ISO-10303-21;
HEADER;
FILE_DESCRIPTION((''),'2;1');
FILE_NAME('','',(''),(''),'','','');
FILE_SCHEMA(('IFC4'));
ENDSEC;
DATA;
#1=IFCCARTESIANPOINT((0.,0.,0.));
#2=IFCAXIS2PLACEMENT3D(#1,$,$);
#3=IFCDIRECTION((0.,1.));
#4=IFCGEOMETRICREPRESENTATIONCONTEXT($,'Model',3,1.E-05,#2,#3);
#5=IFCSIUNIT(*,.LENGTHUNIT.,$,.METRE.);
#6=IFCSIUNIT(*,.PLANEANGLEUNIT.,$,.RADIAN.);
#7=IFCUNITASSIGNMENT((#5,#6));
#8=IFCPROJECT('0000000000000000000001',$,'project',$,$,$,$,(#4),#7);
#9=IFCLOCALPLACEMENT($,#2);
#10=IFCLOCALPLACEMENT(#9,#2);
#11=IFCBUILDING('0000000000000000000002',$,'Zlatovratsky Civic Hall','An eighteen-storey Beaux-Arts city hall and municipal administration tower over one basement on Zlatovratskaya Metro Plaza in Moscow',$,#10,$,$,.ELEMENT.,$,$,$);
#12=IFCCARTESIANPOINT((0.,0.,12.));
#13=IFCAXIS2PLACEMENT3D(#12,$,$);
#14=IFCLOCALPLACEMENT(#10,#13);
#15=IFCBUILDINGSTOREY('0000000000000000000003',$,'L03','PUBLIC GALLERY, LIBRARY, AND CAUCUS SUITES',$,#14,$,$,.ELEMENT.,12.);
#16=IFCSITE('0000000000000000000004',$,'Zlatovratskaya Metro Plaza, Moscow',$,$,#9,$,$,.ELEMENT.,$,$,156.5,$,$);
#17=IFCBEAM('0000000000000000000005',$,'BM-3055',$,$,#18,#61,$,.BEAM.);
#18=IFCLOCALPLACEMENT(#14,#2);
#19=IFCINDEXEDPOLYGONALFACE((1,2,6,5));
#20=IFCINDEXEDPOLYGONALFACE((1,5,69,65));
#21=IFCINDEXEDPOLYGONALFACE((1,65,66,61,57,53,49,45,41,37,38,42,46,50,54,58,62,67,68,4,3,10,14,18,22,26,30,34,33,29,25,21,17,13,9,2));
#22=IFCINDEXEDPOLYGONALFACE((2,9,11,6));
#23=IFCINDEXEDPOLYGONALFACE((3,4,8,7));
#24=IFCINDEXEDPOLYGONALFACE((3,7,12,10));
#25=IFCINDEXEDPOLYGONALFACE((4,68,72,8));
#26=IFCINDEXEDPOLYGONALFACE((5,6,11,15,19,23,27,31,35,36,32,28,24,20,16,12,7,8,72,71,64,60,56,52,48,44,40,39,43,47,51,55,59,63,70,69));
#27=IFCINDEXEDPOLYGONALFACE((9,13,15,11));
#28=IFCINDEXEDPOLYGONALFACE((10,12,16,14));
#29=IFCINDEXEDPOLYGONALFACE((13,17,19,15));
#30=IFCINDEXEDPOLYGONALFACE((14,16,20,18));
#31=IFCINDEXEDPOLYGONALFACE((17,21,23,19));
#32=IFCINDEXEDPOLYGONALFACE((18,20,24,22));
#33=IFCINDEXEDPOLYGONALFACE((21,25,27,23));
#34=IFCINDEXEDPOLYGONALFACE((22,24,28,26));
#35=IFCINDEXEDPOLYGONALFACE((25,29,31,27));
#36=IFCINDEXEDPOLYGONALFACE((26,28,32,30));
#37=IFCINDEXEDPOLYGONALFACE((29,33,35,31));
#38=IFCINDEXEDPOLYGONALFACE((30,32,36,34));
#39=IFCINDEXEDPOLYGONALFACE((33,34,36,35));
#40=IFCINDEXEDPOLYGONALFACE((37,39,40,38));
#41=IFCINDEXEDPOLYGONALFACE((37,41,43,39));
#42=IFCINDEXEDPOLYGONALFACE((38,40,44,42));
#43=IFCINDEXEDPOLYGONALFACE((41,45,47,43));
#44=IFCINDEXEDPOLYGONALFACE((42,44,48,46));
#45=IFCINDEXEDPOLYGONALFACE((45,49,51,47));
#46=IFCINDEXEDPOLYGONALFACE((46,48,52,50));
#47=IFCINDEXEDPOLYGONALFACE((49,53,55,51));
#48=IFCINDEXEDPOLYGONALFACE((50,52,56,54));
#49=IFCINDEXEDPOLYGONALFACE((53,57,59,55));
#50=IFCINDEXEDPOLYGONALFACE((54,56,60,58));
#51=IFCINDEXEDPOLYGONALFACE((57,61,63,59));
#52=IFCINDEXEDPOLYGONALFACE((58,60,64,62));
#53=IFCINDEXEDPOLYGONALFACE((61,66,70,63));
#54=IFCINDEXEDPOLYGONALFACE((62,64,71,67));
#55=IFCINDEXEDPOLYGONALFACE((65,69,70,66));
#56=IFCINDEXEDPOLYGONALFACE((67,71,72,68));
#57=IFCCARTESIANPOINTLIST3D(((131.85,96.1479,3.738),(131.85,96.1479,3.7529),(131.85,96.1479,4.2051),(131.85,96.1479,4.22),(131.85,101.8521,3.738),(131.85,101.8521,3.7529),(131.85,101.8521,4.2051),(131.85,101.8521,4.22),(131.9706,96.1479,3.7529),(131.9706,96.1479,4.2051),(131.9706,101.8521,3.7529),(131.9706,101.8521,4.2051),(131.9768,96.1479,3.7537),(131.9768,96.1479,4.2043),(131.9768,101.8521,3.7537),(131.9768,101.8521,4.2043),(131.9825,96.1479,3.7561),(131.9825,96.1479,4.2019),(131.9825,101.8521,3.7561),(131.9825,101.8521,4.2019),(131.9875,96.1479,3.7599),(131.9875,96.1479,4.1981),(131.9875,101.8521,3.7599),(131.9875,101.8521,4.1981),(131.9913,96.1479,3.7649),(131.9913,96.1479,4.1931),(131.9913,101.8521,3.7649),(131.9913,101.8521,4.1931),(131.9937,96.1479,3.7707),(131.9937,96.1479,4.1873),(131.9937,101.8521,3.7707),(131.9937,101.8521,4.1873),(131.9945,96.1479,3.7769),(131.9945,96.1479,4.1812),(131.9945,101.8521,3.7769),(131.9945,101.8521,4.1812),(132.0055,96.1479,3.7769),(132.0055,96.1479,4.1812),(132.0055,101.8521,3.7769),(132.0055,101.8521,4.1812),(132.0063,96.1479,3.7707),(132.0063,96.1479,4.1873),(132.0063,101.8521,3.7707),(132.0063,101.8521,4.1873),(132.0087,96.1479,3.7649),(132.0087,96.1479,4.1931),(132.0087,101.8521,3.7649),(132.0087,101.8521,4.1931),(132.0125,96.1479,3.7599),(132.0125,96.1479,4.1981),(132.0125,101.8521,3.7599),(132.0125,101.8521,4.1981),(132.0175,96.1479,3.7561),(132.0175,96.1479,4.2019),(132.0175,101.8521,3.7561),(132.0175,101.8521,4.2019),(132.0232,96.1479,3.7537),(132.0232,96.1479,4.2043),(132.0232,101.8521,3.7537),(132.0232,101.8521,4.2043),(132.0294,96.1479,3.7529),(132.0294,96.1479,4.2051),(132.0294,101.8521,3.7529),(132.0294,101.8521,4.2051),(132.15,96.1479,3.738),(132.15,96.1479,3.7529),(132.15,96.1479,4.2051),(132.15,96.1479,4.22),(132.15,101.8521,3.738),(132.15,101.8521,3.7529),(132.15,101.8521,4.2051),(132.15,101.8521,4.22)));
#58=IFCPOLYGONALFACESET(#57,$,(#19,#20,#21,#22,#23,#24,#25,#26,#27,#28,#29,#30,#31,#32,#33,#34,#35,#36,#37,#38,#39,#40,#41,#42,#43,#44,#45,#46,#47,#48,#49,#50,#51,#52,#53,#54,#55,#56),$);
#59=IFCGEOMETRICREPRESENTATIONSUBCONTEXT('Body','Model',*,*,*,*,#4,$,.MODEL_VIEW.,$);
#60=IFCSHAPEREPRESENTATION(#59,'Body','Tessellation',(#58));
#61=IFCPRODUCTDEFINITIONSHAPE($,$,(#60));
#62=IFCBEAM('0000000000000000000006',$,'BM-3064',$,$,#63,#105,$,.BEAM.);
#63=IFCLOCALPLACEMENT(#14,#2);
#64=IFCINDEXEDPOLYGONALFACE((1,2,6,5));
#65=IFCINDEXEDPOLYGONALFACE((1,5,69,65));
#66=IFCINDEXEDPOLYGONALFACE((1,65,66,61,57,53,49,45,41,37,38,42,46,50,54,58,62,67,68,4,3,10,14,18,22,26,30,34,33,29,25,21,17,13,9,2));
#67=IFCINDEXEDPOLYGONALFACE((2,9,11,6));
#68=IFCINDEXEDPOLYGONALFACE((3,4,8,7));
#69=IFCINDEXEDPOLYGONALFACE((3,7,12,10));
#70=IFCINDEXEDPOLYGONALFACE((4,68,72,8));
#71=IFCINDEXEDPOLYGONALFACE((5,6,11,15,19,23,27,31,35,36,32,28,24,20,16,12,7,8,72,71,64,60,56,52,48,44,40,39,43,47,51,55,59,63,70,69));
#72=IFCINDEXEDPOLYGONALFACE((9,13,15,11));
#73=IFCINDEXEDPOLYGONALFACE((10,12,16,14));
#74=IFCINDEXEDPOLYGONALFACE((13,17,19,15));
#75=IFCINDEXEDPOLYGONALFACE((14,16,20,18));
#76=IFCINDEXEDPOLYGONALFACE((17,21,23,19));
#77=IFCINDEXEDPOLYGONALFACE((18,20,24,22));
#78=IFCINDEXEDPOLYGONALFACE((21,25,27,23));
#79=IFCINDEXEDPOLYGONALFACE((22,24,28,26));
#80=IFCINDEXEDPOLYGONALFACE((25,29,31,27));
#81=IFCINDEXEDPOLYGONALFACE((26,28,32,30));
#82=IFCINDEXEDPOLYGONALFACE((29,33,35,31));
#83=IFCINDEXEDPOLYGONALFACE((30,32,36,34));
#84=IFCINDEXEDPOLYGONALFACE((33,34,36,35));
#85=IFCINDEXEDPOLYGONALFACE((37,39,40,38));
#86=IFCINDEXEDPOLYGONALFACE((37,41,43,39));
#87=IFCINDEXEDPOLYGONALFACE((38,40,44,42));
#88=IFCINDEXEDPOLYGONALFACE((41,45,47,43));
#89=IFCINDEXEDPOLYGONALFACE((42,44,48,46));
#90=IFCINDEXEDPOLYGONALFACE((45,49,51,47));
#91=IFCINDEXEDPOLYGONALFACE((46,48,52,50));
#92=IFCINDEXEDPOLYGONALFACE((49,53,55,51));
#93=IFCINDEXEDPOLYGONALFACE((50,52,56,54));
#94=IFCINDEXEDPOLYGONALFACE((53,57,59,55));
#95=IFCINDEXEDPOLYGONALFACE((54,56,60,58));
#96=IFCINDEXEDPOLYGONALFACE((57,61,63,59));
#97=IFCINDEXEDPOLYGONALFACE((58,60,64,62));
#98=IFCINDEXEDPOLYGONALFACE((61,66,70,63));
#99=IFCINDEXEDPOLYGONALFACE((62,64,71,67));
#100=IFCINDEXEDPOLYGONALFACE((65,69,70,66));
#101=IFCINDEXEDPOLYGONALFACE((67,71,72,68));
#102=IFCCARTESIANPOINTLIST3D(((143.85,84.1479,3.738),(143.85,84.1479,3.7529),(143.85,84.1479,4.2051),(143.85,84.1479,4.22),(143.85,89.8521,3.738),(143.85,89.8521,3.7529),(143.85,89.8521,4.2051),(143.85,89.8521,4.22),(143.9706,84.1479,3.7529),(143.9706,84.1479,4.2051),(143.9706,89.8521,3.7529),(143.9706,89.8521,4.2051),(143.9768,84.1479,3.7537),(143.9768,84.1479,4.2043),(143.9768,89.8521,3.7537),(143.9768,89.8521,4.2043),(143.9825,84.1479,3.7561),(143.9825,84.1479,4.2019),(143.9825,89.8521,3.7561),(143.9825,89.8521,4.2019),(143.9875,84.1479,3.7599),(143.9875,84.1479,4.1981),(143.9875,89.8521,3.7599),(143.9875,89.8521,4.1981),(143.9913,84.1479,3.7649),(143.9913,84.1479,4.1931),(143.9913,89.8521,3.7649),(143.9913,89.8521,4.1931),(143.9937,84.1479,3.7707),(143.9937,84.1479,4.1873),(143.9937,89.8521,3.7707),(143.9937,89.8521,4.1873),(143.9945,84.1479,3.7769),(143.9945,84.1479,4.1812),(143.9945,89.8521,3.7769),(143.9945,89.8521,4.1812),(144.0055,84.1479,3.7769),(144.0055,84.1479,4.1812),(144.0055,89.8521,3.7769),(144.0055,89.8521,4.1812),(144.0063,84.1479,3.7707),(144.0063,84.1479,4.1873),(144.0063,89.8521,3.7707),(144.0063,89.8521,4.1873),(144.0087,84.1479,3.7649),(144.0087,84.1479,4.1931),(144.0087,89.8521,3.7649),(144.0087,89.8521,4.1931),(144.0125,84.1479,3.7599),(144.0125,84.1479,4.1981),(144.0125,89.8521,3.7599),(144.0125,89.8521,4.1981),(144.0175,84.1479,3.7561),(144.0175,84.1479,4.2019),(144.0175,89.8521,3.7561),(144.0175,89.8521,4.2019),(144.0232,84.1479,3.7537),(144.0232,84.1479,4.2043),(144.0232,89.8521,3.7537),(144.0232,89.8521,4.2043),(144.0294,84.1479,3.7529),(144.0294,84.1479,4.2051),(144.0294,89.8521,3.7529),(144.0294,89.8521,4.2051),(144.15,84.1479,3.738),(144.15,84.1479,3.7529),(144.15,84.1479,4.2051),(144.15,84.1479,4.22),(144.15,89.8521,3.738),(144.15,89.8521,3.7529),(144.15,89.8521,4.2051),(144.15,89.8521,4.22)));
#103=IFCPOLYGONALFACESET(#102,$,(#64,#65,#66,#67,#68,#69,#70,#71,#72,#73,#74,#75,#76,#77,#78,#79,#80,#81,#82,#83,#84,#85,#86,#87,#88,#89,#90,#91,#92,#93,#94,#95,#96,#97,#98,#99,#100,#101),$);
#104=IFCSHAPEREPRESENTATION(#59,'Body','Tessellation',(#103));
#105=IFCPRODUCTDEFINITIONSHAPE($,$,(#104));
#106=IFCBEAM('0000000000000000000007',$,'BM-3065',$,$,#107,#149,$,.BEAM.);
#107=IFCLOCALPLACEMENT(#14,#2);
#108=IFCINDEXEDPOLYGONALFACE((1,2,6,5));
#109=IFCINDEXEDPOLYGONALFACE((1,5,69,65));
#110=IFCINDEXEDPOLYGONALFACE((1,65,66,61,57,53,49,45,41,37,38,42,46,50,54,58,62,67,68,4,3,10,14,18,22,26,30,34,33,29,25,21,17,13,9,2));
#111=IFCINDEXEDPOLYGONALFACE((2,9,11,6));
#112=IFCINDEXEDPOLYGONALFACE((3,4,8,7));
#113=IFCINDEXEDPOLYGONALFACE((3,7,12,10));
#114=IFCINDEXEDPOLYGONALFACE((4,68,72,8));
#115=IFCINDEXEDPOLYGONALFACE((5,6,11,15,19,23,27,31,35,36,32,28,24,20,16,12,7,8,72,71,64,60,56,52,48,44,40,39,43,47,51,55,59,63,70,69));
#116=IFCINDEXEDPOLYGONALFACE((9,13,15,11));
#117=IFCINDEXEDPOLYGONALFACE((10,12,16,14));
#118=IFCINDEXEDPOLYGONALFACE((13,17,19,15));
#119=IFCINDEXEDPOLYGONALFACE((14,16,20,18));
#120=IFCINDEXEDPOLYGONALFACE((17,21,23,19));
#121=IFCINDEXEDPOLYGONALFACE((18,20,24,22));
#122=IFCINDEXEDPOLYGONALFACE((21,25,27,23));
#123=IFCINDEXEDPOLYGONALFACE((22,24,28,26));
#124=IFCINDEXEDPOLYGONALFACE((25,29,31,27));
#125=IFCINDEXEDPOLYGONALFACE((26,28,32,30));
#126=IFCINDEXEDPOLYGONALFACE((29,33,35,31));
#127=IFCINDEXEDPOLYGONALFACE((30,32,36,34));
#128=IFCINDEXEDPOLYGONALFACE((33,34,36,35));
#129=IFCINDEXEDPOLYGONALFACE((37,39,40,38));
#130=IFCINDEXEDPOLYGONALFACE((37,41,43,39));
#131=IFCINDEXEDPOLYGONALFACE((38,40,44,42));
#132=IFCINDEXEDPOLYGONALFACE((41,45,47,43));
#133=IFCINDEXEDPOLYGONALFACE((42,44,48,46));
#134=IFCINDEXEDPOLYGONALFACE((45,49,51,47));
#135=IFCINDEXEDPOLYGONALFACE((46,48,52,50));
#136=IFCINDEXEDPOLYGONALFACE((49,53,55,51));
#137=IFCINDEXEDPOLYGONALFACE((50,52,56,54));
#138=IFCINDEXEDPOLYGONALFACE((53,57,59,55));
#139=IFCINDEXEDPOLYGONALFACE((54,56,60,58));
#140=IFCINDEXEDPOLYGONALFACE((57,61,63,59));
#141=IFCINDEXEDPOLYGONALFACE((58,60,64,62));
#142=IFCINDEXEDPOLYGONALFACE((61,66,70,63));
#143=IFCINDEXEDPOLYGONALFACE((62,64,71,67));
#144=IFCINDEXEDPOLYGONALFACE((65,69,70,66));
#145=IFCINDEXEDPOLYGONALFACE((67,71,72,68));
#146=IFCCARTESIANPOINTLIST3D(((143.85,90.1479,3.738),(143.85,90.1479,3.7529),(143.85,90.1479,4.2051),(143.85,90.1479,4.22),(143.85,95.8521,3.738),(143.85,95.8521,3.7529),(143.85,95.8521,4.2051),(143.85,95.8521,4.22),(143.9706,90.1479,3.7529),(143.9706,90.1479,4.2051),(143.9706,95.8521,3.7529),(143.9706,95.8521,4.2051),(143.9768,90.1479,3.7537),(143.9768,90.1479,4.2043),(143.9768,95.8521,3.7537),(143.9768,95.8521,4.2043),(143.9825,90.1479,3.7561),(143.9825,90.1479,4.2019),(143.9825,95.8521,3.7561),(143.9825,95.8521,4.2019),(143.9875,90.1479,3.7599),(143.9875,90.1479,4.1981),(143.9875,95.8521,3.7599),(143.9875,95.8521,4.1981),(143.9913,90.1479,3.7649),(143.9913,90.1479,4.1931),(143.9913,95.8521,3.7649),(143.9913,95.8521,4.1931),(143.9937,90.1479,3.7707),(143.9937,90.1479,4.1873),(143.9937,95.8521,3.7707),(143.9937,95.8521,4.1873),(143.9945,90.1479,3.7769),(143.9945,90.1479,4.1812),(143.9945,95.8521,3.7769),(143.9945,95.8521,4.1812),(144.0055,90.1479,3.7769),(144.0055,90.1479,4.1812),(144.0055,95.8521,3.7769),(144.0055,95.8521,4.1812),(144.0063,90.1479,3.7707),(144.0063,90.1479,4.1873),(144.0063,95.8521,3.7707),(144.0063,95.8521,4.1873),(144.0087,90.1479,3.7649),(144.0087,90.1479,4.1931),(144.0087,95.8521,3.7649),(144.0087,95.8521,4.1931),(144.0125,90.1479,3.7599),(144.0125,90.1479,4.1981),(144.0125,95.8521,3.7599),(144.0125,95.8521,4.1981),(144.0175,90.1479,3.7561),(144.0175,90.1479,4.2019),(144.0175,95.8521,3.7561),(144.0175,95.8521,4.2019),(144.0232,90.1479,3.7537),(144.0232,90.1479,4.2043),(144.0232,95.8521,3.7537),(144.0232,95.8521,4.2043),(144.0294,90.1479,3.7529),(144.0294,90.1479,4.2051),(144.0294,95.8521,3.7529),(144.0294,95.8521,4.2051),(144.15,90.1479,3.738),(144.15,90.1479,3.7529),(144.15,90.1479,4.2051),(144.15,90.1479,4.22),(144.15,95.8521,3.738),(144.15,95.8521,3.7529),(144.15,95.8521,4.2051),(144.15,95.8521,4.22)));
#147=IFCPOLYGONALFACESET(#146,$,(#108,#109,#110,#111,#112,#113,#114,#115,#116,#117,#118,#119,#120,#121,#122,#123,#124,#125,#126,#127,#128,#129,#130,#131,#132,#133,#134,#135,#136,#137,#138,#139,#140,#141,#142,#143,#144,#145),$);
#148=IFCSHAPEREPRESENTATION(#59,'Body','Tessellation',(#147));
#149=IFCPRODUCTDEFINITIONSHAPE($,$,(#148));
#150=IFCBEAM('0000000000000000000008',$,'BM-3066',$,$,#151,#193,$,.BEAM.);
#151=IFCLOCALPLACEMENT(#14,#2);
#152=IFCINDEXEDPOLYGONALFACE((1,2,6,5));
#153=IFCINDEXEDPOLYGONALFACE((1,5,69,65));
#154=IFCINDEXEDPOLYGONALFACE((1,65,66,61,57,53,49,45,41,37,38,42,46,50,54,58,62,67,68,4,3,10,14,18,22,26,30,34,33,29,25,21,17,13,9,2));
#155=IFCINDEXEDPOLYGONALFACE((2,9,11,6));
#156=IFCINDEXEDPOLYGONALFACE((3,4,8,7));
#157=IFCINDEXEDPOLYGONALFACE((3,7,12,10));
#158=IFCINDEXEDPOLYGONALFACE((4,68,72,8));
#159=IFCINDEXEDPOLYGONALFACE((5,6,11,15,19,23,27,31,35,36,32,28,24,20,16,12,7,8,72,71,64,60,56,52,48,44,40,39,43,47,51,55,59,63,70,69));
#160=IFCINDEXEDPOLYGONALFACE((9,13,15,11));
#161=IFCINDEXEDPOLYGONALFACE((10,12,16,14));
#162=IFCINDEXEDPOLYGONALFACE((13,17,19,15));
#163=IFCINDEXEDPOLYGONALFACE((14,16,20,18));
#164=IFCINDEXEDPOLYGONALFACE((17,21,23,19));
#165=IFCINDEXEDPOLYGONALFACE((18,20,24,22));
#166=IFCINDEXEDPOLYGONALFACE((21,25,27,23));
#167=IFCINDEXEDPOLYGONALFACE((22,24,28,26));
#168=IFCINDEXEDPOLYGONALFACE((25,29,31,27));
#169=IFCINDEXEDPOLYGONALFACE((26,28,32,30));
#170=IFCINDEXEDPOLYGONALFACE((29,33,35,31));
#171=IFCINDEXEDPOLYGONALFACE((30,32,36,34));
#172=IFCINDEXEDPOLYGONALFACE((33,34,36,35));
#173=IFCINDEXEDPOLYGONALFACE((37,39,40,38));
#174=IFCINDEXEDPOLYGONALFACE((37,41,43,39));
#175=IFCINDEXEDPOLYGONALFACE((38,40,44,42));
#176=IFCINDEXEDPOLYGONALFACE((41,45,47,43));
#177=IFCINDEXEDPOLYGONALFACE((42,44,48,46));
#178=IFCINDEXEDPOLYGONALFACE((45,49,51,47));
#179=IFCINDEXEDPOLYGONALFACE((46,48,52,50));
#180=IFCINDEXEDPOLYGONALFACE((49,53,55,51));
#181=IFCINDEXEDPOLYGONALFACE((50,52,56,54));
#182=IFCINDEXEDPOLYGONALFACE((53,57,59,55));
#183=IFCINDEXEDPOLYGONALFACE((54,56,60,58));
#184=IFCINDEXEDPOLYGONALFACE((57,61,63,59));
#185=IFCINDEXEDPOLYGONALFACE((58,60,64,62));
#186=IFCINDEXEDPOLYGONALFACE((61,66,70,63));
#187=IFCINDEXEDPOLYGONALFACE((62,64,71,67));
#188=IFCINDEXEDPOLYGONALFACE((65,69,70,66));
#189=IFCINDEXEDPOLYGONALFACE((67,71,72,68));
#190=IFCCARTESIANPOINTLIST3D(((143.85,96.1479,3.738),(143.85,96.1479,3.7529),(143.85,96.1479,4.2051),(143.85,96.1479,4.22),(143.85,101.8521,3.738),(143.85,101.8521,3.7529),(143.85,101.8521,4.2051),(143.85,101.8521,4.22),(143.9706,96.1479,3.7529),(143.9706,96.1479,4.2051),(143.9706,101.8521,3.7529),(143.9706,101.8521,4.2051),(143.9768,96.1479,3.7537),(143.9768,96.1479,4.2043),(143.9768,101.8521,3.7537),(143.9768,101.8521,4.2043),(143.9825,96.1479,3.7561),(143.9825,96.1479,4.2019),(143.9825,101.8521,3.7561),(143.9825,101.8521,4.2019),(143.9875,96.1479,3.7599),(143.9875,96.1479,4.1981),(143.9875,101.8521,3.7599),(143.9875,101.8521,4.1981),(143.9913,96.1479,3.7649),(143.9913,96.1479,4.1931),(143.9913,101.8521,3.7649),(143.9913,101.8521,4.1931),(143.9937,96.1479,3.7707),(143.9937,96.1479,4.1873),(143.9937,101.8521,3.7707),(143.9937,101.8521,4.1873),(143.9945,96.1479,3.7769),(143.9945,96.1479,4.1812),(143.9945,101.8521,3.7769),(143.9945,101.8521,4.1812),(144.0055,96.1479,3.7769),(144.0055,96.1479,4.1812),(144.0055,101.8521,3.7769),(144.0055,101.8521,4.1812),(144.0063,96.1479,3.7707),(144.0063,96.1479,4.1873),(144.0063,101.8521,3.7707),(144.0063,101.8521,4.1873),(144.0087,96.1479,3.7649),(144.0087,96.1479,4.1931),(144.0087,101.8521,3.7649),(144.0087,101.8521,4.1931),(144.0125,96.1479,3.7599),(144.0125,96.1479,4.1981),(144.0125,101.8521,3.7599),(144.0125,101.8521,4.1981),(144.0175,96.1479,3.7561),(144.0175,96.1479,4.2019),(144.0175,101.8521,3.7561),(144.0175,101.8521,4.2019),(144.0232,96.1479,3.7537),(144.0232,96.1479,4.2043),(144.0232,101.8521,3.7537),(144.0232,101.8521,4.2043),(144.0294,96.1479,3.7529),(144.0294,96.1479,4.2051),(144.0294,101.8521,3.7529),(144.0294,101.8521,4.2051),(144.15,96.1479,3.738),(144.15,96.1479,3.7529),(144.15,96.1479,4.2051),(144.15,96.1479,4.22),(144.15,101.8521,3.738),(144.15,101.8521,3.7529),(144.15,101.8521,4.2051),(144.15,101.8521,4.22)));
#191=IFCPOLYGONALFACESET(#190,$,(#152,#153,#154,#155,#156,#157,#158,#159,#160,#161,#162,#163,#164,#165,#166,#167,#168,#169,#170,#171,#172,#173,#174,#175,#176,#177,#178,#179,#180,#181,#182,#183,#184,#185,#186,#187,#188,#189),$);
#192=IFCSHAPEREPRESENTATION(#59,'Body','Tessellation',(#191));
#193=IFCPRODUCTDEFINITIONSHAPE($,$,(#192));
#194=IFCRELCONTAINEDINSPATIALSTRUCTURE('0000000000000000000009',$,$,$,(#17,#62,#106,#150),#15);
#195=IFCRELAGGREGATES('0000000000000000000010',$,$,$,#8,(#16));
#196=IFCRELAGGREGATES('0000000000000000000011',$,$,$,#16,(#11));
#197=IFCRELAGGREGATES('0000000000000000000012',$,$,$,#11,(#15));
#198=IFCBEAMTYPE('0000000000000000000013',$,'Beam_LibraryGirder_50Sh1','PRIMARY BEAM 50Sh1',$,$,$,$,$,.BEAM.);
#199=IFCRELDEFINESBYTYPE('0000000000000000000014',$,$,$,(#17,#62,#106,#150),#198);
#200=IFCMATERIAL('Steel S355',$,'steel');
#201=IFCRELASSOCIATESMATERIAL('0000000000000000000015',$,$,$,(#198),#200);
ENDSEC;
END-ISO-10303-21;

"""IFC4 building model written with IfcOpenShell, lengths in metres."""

from ifc_helpers import new_model, si_unit, direction, frame, origin, origin_2d, place, context, subcontext, project, spatial, i_section, extrude, material, material_profile, profile_set, type_object, element, save


model = new_model("IFC4")

# Units and contexts
model_context = context("Model", 3, precision=1e-05, world=origin(), true_north=direction((0.0, 1.0)))
body_context = subcontext(model_context, "Body", "Model", "MODEL_VIEW")
ifc_project = project(units=[si_unit("LENGTHUNIT", "METRE"), si_unit("PLANEANGLEUNIT", "RADIAN")], contexts=[model_context])

# Site, building, storey
site_placement = place(None, origin())
site = spatial("IfcSite", under=ifc_project, at=site_placement, Name="Zlatovratskaya Metro Plaza, Moscow", CompositionType="ELEMENT", RefElevation=156.5)
building_placement = place(site_placement, origin())
building = spatial("IfcBuilding", under=site, at=building_placement, Name="Zlatovratsky Civic Hall", Description="An eighteen-storey Beaux-Arts city hall and municipal administration tower over one basement on Zlatovratskaya Metro Plaza in Moscow", CompositionType="ELEMENT")
storey_placement = place(building_placement, frame((0.0, 0.0, 12.0)))
storey = spatial("IfcBuildingStorey", under=building, at=storey_placement, Name="L03", Description="PUBLIC GALLERY, LIBRARY, AND CAUCUS SUITES", CompositionType="ELEMENT", Elevation=12.0)

# Shared definitions
ifc_material_1 = material(Name="Steel S355", Category="steel")

# Beams
ifc_material_profile_1 = material_profile(ifc_material_1, i_section(OverallWidth=0.3, OverallDepth=0.4819, WebThickness=0.011, FlangeThickness=0.0149, FilletRadius=0.0239, at=origin_2d()), Name="50Sh1")
ifc_profile_set_1 = profile_set([ifc_material_profile_1], Name="Steel S355")
beam_type_1 = type_object("IfcBeamType", Name="Beam_LibraryGirder_50Sh1", Description="PRIMARY BEAM 50Sh1", PredefinedType="BEAM", material=ifc_profile_set_1)
for number, where, z_axis, x_axis, name in (
    (1, (132.0, 96.1479, 3.979), (0.0, 1.0, 0.0), (-1.0, 0.0, 0.0), "BM-3055"),
    (2, (144.0, 84.1479, 3.979), (0.0, 1.0, 0.0), (-1.0, 0.0, 0.0), "BM-3064"),
    (3, (144.0, 90.1479, 3.979), (0.0, 1.0, 0.0), (-1.0, 0.0, 0.0), "BM-3065"),
    (4, (144.0, 96.1479, 3.979), (0.0, 1.0, 0.0), (-1.0, 0.0, 0.0), "BM-3066"),
):
    element("IfcBeam", number, at=place(storey_placement, frame(where, z_axis=z_axis, x_axis=x_axis)), inside=storey, type_object=beam_type_1, Name=name, PredefinedType="BEAM", context=body_context, shape_type="SweptSolid", body=[
        extrude(i_section(OverallWidth=0.3, OverallDepth=0.4819, WebThickness=0.011, FlangeThickness=0.0149, FilletRadius=0.0239, at=origin_2d()), origin(), (0.0, 0.0, 1.0), 5.7041),
    ])

save(model, "model.ifc")
